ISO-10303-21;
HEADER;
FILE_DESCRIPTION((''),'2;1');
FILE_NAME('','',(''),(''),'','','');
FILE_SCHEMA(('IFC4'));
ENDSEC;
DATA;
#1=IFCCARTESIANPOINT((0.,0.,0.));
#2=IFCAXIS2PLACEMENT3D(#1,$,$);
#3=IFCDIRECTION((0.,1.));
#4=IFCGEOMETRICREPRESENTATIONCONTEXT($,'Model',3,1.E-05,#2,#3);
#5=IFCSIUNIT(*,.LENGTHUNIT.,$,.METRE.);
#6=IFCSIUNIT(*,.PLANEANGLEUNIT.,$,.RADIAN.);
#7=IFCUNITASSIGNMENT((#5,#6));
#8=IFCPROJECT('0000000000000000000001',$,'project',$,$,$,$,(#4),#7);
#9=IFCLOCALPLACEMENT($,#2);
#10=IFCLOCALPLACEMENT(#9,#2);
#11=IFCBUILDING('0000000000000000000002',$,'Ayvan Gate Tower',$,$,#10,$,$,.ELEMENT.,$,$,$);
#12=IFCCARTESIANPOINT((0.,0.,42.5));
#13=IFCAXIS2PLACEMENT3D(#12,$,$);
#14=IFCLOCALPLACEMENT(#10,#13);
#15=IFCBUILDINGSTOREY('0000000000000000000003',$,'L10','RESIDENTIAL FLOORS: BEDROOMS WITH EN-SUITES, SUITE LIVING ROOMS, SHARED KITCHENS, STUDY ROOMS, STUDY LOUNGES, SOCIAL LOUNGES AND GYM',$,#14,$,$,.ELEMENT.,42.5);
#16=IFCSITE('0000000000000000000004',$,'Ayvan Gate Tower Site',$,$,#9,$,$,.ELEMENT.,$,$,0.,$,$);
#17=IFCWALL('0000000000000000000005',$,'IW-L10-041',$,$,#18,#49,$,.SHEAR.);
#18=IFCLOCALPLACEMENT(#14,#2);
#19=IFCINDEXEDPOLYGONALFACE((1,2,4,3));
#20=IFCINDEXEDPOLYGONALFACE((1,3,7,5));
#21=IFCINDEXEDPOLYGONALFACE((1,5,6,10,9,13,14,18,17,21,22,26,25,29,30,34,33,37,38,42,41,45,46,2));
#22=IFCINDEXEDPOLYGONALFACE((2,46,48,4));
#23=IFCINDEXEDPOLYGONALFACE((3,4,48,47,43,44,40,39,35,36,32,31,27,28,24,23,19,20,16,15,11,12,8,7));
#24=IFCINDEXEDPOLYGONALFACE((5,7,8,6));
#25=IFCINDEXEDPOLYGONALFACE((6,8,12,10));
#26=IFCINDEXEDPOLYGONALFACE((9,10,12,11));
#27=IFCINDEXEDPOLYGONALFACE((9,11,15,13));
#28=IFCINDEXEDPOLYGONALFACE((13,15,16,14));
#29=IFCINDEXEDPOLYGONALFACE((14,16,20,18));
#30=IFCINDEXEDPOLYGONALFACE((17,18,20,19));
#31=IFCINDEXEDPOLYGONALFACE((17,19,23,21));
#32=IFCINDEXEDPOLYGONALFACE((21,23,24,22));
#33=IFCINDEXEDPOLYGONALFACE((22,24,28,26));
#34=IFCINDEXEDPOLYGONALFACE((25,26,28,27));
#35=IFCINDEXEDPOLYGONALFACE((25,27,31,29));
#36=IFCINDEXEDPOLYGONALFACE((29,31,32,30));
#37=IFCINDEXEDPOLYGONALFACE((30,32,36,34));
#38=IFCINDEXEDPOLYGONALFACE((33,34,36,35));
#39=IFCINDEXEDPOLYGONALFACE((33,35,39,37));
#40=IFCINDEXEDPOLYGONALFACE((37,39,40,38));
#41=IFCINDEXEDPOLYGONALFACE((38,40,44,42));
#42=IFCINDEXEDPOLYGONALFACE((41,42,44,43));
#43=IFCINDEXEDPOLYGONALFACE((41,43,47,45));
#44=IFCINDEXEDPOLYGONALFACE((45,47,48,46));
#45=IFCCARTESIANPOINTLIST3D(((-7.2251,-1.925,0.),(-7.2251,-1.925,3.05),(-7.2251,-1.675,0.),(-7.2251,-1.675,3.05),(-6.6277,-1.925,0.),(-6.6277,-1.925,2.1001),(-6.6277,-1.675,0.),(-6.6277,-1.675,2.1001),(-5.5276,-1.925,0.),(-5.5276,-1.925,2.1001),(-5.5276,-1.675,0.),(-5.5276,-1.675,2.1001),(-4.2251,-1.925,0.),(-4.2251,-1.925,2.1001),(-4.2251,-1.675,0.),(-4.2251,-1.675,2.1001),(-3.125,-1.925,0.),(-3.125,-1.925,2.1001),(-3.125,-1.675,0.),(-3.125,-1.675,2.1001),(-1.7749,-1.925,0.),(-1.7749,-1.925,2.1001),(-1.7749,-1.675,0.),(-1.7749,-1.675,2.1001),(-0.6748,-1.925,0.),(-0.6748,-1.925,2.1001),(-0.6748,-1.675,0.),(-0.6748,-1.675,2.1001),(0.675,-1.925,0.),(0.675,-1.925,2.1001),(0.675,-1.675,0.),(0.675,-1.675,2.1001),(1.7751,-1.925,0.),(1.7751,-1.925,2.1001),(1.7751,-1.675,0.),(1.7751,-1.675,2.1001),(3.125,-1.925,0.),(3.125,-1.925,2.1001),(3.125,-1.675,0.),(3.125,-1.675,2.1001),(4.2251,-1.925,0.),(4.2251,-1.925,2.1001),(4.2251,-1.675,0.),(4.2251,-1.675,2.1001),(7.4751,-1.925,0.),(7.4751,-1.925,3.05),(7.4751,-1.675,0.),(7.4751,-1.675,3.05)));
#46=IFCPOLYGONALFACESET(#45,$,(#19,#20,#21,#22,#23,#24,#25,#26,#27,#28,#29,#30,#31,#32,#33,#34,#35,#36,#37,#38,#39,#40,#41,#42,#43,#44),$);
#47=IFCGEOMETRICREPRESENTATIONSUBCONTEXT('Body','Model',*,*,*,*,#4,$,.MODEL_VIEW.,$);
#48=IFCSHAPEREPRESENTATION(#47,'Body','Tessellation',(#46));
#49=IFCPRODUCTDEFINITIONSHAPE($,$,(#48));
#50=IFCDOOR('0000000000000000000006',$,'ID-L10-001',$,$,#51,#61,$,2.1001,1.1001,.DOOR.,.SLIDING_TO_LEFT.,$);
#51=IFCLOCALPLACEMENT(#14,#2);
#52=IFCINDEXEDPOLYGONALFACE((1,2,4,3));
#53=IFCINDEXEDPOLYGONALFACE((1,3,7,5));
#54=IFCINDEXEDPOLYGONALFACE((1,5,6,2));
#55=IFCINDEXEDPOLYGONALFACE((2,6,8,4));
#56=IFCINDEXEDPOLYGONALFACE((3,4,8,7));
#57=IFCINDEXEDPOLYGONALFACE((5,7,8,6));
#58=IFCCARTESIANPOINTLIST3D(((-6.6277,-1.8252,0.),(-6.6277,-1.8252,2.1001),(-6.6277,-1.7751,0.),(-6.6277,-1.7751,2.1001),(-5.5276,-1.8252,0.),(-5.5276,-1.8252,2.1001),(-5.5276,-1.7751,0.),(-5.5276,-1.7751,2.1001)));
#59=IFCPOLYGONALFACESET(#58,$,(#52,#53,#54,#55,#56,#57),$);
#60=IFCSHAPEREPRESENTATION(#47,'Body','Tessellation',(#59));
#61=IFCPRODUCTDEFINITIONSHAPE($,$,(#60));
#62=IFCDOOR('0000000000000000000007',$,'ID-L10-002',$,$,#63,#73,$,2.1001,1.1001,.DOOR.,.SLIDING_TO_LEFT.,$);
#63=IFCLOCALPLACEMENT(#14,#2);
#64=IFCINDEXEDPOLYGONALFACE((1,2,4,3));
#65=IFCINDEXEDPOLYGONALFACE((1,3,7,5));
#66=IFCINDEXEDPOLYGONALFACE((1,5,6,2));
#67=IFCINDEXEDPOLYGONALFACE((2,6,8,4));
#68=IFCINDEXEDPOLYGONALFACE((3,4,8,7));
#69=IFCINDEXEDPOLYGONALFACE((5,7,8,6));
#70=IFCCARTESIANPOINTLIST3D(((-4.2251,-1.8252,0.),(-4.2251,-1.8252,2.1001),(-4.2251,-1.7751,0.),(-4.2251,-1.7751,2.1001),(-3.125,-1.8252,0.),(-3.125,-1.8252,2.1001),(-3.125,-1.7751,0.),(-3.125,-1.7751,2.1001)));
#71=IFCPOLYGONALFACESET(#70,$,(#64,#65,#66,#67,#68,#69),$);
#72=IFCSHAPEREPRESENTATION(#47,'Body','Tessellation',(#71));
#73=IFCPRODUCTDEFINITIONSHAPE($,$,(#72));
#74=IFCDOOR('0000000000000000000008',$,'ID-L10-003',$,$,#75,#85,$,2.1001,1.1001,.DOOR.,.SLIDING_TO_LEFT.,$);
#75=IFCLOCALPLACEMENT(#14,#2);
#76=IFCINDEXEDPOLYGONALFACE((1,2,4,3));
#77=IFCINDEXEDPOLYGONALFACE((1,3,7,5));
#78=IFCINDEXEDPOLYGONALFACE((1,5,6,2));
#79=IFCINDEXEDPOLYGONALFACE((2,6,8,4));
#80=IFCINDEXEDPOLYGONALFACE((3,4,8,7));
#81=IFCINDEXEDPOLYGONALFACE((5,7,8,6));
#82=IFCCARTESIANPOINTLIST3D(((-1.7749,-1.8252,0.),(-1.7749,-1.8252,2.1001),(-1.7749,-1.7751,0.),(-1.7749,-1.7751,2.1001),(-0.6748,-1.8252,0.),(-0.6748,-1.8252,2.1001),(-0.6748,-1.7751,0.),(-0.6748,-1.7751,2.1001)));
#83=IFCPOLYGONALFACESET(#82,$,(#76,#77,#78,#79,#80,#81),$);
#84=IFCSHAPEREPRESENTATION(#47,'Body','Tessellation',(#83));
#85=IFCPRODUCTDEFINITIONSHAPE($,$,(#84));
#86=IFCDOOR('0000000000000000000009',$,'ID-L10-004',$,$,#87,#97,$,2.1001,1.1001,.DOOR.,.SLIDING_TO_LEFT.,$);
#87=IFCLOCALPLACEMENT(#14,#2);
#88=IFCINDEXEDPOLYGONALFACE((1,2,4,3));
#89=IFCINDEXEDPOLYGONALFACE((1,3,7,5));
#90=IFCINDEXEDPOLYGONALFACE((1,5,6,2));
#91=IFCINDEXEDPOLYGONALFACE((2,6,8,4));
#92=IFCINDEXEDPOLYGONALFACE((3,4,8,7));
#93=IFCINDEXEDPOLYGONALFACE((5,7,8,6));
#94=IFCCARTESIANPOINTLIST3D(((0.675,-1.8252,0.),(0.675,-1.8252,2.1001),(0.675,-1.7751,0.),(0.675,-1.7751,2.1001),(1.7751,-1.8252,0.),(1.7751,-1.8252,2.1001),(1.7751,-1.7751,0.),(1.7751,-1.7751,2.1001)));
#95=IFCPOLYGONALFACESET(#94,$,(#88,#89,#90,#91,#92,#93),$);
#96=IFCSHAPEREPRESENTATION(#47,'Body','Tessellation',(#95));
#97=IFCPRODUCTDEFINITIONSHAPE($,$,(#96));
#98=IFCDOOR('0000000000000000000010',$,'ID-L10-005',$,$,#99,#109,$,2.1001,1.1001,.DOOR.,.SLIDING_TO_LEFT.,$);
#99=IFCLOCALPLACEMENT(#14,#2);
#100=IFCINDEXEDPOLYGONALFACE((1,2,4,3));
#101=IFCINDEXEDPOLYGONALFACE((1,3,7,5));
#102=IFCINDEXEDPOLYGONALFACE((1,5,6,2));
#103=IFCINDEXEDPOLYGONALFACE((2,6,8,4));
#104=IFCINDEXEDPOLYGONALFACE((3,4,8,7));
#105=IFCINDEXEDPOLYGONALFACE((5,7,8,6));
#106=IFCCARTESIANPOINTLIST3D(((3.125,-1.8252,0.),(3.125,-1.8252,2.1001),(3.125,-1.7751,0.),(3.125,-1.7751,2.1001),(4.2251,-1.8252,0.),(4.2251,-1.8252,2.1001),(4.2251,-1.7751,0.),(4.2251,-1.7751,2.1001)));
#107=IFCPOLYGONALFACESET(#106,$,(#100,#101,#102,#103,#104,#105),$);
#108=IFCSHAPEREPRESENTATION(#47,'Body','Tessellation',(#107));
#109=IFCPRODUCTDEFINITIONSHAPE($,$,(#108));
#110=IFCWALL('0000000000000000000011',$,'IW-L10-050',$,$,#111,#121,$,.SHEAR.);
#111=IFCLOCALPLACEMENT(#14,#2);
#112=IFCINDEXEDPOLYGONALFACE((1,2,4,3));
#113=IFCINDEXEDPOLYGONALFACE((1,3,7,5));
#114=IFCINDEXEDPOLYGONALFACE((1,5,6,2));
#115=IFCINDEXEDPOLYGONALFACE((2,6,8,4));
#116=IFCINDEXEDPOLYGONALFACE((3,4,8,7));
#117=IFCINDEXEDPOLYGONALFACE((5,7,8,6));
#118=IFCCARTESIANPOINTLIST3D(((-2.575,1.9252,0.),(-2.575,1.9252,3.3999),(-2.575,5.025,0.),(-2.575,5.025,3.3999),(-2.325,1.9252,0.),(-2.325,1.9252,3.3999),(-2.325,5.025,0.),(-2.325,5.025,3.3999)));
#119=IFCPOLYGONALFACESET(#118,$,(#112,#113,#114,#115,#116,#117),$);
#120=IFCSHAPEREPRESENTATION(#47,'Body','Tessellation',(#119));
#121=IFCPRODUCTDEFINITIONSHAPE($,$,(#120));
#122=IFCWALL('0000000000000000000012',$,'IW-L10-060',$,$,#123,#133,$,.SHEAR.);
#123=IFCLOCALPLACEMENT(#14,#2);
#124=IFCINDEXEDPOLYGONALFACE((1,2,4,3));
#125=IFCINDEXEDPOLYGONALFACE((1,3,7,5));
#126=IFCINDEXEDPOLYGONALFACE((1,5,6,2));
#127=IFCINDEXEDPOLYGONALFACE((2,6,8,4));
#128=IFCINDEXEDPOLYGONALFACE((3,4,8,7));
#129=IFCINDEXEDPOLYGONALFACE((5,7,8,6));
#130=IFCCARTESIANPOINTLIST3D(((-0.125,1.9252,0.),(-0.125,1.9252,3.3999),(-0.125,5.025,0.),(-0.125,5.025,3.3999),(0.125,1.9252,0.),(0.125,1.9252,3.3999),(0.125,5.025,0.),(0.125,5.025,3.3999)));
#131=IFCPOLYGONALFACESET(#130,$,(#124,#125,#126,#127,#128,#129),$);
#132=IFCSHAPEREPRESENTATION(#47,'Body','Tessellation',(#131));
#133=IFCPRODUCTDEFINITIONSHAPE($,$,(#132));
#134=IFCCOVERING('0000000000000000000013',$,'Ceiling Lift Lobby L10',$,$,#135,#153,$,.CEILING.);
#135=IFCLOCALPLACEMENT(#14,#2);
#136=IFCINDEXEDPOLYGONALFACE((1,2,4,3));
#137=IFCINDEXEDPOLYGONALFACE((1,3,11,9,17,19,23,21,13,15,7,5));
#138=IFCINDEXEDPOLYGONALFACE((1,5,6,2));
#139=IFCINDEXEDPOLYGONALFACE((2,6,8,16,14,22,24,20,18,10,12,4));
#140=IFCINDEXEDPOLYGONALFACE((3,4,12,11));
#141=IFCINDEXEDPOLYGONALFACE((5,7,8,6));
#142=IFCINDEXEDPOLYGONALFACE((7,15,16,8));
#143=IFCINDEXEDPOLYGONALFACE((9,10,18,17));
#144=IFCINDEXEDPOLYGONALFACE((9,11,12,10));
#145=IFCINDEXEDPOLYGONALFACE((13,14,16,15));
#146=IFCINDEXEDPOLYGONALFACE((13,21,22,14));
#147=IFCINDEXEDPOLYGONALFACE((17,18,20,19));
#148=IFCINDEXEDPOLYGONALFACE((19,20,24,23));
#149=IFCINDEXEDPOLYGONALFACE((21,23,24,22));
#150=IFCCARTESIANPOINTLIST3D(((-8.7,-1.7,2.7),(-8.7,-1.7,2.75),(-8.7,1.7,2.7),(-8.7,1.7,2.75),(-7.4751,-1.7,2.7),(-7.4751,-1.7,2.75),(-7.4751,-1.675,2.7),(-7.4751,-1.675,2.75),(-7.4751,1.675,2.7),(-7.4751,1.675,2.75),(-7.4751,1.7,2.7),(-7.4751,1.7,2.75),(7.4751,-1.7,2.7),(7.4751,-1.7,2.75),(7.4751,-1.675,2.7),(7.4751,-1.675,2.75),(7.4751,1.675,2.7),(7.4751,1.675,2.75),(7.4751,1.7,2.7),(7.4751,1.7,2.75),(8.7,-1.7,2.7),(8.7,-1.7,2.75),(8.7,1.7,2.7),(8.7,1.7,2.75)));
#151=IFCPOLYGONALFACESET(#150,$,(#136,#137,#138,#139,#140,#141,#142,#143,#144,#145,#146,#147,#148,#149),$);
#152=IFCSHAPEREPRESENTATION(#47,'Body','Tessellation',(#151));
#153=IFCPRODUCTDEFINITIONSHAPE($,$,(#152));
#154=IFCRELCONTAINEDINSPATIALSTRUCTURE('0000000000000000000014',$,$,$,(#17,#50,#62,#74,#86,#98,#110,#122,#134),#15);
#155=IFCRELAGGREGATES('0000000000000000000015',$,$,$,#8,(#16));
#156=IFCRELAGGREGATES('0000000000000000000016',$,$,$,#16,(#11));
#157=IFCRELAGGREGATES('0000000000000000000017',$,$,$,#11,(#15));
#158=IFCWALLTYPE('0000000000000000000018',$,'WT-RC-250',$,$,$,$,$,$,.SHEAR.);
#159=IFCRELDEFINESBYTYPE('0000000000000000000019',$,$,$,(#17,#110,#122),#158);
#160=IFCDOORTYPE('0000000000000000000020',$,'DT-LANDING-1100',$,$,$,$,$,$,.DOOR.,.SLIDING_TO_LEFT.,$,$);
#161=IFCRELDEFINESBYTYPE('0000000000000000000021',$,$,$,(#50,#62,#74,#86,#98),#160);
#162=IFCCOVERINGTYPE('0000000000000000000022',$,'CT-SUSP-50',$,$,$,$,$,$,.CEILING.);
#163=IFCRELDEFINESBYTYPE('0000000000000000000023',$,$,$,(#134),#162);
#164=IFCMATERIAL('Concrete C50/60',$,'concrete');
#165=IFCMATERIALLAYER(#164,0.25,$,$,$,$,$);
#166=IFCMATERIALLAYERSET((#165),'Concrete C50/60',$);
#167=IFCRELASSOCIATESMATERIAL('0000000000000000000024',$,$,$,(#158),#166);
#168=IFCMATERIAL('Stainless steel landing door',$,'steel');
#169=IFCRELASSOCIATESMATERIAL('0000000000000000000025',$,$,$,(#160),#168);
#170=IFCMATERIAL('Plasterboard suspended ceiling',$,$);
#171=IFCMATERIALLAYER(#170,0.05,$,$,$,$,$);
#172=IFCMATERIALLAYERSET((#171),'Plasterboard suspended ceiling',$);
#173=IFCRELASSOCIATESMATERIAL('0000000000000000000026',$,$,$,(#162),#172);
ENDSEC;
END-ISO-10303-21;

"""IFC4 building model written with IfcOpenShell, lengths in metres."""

from ifc_helpers import new_model, si_unit, direction, frame, frame_2d, origin, place, context, subcontext, project, spatial, polyline, rectangle, outline, extrude, material, layer, layer_set, type_object, element, fill, save


model = new_model("IFC4")

# Units and contexts
model_context = context("Model", 3, precision=1e-05, world=origin(), true_north=direction((0.0, 1.0)))
body_context = subcontext(model_context, "Body", "Model", "MODEL_VIEW")
ifc_project = project(units=[si_unit("LENGTHUNIT", "METRE"), si_unit("PLANEANGLEUNIT", "RADIAN")], contexts=[model_context])

# Site, building, storey
site_placement = place(None, origin())
site = spatial("IfcSite", under=ifc_project, at=site_placement, Name="Ayvan Gate Tower Site", CompositionType="ELEMENT", RefElevation=0.0)
building_placement = place(site_placement, origin())
building = spatial("IfcBuilding", under=site, at=building_placement, Name="Ayvan Gate Tower", CompositionType="ELEMENT")
storey_placement = place(building_placement, frame((0.0, 0.0, 42.5)))
storey = spatial("IfcBuildingStorey", under=building, at=storey_placement, Name="L10", Description="RESIDENTIAL FLOORS: BEDROOMS WITH EN-SUITES, SUITE LIVING ROOMS, SHARED KITCHENS, STUDY ROOMS, STUDY LOUNGES, SOCIAL LOUNGES AND GYM", CompositionType="ELEMENT", Elevation=42.5)

# Shared definitions
ifc_material_1 = material(Name="Concrete C50/60", Category="concrete")
ifc_layer_1 = layer(ifc_material_1, 0.25)
ifc_layer_set_1 = layer_set([ifc_layer_1], Name="Concrete C50/60")
wall_type_1 = type_object("IfcWallType", Name="WT-RC-250", PredefinedType="SHEAR", material=ifc_layer_set_1)

# Wall, openings, doors
wall_1_placement = place(storey_placement, frame((-7.2251, -1.8, 0.0), z_axis=(0.0, 0.0, 1.0), x_axis=(1.0, 0.0, 0.0)))
wall_1 = element("IfcWall", 1, at=wall_1_placement, inside=storey, type_object=wall_type_1, Name="IW-L10-041", PredefinedType="SHEAR", context=body_context, shape_type="SweptSolid", body=[
    extrude(rectangle(XDim=14.7002, YDim=0.25, at=frame_2d((7.3501, 0.0))), origin(), (0.0, 0.0, 1.0), 3.05),
])
opening_1_placement = place(wall_1_placement, frame((0.5974, 0.0, 0.0)))
opening_1 = element("IfcOpeningElement", 2, at=opening_1_placement, cuts=wall_1, PredefinedType="OPENING", context=body_context, shape_type="SweptSolid", body=[
    extrude(rectangle(XDim=1.1001, YDim=2.1001, at=frame_2d((0.55, 1.05))), frame((0.0, 0.135, 0.0), z_axis=(0.0, -1.0, 0.0), x_axis=(1.0, 0.0, 0.0)), (0.0, 0.0, 1.0), 0.27),
])
opening_2_placement = place(wall_1_placement, frame((3.0, 0.0, 0.0)))
opening_2 = element("IfcOpeningElement", 3, at=opening_2_placement, cuts=wall_1, PredefinedType="OPENING", context=body_context, shape_type="SweptSolid", body=[
    extrude(rectangle(XDim=1.1001, YDim=2.1001, at=frame_2d((0.55, 1.05))), frame((0.0, 0.135, 0.0), z_axis=(0.0, -1.0, 0.0), x_axis=(1.0, 0.0, 0.0)), (0.0, 0.0, 1.0), 0.27),
])
opening_3_placement = place(wall_1_placement, frame((5.4502, 0.0, 0.0)))
opening_3 = element("IfcOpeningElement", 4, at=opening_3_placement, cuts=wall_1, PredefinedType="OPENING", context=body_context, shape_type="SweptSolid", body=[
    extrude(rectangle(XDim=1.1001, YDim=2.1001, at=frame_2d((0.55, 1.05))), frame((0.0, 0.135, 0.0), z_axis=(0.0, -1.0, 0.0), x_axis=(1.0, 0.0, 0.0)), (0.0, 0.0, 1.0), 0.27),
])
opening_4_placement = place(wall_1_placement, frame((7.9001, 0.0, 0.0)))
opening_4 = element("IfcOpeningElement", 5, at=opening_4_placement, cuts=wall_1, PredefinedType="OPENING", context=body_context, shape_type="SweptSolid", body=[
    extrude(rectangle(XDim=1.1001, YDim=2.1001, at=frame_2d((0.55, 1.05))), frame((0.0, 0.135, 0.0), z_axis=(0.0, -1.0, 0.0), x_axis=(1.0, 0.0, 0.0)), (0.0, 0.0, 1.0), 0.27),
])
opening_5_placement = place(wall_1_placement, frame((10.3501, 0.0, 0.0)))
opening_5 = element("IfcOpeningElement", 6, at=opening_5_placement, cuts=wall_1, PredefinedType="OPENING", context=body_context, shape_type="SweptSolid", body=[
    extrude(rectangle(XDim=1.1001, YDim=2.1001, at=frame_2d((0.55, 1.05))), frame((0.0, 0.135, 0.0), z_axis=(0.0, -1.0, 0.0), x_axis=(1.0, 0.0, 0.0)), (0.0, 0.0, 1.0), 0.27),
])
ifc_material_2 = material(Name="Stainless steel landing door", Category="steel")
door_type_1 = type_object("IfcDoorType", Name="DT-LANDING-1100", OperationType="SLIDING_TO_LEFT", PredefinedType="DOOR", material=ifc_material_2)
door_1_placement = place(opening_1_placement, origin())
door_1 = element("IfcDoor", 7, at=door_1_placement, inside=storey, type_object=door_type_1, Name="ID-L10-001", OperationType="SLIDING_TO_LEFT", OverallHeight=2.1001, OverallWidth=1.1001, PredefinedType="DOOR", context=body_context, shape_type="SweptSolid", body=[
    extrude(rectangle(XDim=1.1001, YDim=2.1001, at=frame_2d((0.55, 1.05))), frame((0.0, 0.0249, 0.0), z_axis=(0.0, -1.0, 0.0), x_axis=(1.0, 0.0, 0.0)), (0.0, 0.0, 1.0), 0.05),
])
fill(opening_1, door_1)
door_2_placement = place(opening_2_placement, origin())
door_2 = element("IfcDoor", 8, at=door_2_placement, inside=storey, type_object=door_type_1, Name="ID-L10-002", OperationType="SLIDING_TO_LEFT", OverallHeight=2.1001, OverallWidth=1.1001, PredefinedType="DOOR", context=body_context, shape_type="SweptSolid", body=[
    extrude(rectangle(XDim=1.1001, YDim=2.1001, at=frame_2d((0.55, 1.05))), frame((0.0, 0.0249, 0.0), z_axis=(0.0, -1.0, 0.0), x_axis=(1.0, 0.0, 0.0)), (0.0, 0.0, 1.0), 0.05),
])
fill(opening_2, door_2)
door_3_placement = place(opening_3_placement, origin())
door_3 = element("IfcDoor", 9, at=door_3_placement, inside=storey, type_object=door_type_1, Name="ID-L10-003", OperationType="SLIDING_TO_LEFT", OverallHeight=2.1001, OverallWidth=1.1001, PredefinedType="DOOR", context=body_context, shape_type="SweptSolid", body=[
    extrude(rectangle(XDim=1.1001, YDim=2.1001, at=frame_2d((0.55, 1.05))), frame((0.0, 0.0249, 0.0), z_axis=(0.0, -1.0, 0.0), x_axis=(1.0, 0.0, 0.0)), (0.0, 0.0, 1.0), 0.05),
])
fill(opening_3, door_3)
door_4_placement = place(opening_4_placement, origin())
door_4 = element("IfcDoor", 10, at=door_4_placement, inside=storey, type_object=door_type_1, Name="ID-L10-004", OperationType="SLIDING_TO_LEFT", OverallHeight=2.1001, OverallWidth=1.1001, PredefinedType="DOOR", context=body_context, shape_type="SweptSolid", body=[
    extrude(rectangle(XDim=1.1001, YDim=2.1001, at=frame_2d((0.55, 1.05))), frame((0.0, 0.0249, 0.0), z_axis=(0.0, -1.0, 0.0), x_axis=(1.0, 0.0, 0.0)), (0.0, 0.0, 1.0), 0.05),
])
fill(opening_4, door_4)
door_5_placement = place(opening_5_placement, origin())
door_5 = element("IfcDoor", 11, at=door_5_placement, inside=storey, type_object=door_type_1, Name="ID-L10-005", OperationType="SLIDING_TO_LEFT", OverallHeight=2.1001, OverallWidth=1.1001, PredefinedType="DOOR", context=body_context, shape_type="SweptSolid", body=[
    extrude(rectangle(XDim=1.1001, YDim=2.1001, at=frame_2d((0.55, 1.05))), frame((0.0, 0.0249, 0.0), z_axis=(0.0, -1.0, 0.0), x_axis=(1.0, 0.0, 0.0)), (0.0, 0.0, 1.0), 0.05),
])
fill(opening_5, door_5)

# Walls
for number, where, z_axis, x_axis, name in (
    (12, (-2.45, 5.0249, 0.0), (0.0, 0.0, 1.0), (0.0, -1.0, 0.0), "IW-L10-050"),
    (13, (0.0, 5.0249, 0.0), (0.0, 0.0, 1.0), (0.0, -1.0, 0.0), "IW-L10-060"),
):
    element("IfcWall", number, at=place(storey_placement, frame(where, z_axis=z_axis, x_axis=x_axis)), inside=storey, type_object=wall_type_1, Name=name, PredefinedType="SHEAR", context=body_context, shape_type="SweptSolid", body=[
        extrude(rectangle(XDim=3.0999, YDim=0.25, at=frame_2d((1.5498, 0.0))), origin(), (0.0, 0.0, 1.0), 3.3999),
    ])

# Covering
ifc_material_3 = material(Name="Plasterboard suspended ceiling")
ifc_layer_2 = layer(ifc_material_3, 0.05)
ifc_layer_set_2 = layer_set([ifc_layer_2], Name="Plasterboard suspended ceiling")
covering_type = type_object("IfcCoveringType", Name="CT-SUSP-50", PredefinedType="CEILING", material=ifc_layer_set_2)
covering_1_placement = place(storey_placement, frame((0.0, 0.0, 2.7)))
element("IfcCovering", 14, at=covering_1_placement, inside=storey, type_object=covering_type, Name="Ceiling Lift Lobby L10", PredefinedType="CEILING", context=body_context, shape_type="SweptSolid", body=[
    extrude(outline(polyline([(7.4751, -1.675), (-7.4751, -1.675), (-7.4751, -1.7), (-8.7, -1.7), (-8.7, 1.7), (-7.4751, 1.7), (-7.4751, 1.675), (7.4751, 1.675), (7.4751, 1.7), (8.7, 1.7), (8.7, -1.7), (7.4751, -1.7), (7.4751, -1.675)])), origin(), (0.0, 0.0, 1.0), 0.05),
])

save(model, "model.ifc")
